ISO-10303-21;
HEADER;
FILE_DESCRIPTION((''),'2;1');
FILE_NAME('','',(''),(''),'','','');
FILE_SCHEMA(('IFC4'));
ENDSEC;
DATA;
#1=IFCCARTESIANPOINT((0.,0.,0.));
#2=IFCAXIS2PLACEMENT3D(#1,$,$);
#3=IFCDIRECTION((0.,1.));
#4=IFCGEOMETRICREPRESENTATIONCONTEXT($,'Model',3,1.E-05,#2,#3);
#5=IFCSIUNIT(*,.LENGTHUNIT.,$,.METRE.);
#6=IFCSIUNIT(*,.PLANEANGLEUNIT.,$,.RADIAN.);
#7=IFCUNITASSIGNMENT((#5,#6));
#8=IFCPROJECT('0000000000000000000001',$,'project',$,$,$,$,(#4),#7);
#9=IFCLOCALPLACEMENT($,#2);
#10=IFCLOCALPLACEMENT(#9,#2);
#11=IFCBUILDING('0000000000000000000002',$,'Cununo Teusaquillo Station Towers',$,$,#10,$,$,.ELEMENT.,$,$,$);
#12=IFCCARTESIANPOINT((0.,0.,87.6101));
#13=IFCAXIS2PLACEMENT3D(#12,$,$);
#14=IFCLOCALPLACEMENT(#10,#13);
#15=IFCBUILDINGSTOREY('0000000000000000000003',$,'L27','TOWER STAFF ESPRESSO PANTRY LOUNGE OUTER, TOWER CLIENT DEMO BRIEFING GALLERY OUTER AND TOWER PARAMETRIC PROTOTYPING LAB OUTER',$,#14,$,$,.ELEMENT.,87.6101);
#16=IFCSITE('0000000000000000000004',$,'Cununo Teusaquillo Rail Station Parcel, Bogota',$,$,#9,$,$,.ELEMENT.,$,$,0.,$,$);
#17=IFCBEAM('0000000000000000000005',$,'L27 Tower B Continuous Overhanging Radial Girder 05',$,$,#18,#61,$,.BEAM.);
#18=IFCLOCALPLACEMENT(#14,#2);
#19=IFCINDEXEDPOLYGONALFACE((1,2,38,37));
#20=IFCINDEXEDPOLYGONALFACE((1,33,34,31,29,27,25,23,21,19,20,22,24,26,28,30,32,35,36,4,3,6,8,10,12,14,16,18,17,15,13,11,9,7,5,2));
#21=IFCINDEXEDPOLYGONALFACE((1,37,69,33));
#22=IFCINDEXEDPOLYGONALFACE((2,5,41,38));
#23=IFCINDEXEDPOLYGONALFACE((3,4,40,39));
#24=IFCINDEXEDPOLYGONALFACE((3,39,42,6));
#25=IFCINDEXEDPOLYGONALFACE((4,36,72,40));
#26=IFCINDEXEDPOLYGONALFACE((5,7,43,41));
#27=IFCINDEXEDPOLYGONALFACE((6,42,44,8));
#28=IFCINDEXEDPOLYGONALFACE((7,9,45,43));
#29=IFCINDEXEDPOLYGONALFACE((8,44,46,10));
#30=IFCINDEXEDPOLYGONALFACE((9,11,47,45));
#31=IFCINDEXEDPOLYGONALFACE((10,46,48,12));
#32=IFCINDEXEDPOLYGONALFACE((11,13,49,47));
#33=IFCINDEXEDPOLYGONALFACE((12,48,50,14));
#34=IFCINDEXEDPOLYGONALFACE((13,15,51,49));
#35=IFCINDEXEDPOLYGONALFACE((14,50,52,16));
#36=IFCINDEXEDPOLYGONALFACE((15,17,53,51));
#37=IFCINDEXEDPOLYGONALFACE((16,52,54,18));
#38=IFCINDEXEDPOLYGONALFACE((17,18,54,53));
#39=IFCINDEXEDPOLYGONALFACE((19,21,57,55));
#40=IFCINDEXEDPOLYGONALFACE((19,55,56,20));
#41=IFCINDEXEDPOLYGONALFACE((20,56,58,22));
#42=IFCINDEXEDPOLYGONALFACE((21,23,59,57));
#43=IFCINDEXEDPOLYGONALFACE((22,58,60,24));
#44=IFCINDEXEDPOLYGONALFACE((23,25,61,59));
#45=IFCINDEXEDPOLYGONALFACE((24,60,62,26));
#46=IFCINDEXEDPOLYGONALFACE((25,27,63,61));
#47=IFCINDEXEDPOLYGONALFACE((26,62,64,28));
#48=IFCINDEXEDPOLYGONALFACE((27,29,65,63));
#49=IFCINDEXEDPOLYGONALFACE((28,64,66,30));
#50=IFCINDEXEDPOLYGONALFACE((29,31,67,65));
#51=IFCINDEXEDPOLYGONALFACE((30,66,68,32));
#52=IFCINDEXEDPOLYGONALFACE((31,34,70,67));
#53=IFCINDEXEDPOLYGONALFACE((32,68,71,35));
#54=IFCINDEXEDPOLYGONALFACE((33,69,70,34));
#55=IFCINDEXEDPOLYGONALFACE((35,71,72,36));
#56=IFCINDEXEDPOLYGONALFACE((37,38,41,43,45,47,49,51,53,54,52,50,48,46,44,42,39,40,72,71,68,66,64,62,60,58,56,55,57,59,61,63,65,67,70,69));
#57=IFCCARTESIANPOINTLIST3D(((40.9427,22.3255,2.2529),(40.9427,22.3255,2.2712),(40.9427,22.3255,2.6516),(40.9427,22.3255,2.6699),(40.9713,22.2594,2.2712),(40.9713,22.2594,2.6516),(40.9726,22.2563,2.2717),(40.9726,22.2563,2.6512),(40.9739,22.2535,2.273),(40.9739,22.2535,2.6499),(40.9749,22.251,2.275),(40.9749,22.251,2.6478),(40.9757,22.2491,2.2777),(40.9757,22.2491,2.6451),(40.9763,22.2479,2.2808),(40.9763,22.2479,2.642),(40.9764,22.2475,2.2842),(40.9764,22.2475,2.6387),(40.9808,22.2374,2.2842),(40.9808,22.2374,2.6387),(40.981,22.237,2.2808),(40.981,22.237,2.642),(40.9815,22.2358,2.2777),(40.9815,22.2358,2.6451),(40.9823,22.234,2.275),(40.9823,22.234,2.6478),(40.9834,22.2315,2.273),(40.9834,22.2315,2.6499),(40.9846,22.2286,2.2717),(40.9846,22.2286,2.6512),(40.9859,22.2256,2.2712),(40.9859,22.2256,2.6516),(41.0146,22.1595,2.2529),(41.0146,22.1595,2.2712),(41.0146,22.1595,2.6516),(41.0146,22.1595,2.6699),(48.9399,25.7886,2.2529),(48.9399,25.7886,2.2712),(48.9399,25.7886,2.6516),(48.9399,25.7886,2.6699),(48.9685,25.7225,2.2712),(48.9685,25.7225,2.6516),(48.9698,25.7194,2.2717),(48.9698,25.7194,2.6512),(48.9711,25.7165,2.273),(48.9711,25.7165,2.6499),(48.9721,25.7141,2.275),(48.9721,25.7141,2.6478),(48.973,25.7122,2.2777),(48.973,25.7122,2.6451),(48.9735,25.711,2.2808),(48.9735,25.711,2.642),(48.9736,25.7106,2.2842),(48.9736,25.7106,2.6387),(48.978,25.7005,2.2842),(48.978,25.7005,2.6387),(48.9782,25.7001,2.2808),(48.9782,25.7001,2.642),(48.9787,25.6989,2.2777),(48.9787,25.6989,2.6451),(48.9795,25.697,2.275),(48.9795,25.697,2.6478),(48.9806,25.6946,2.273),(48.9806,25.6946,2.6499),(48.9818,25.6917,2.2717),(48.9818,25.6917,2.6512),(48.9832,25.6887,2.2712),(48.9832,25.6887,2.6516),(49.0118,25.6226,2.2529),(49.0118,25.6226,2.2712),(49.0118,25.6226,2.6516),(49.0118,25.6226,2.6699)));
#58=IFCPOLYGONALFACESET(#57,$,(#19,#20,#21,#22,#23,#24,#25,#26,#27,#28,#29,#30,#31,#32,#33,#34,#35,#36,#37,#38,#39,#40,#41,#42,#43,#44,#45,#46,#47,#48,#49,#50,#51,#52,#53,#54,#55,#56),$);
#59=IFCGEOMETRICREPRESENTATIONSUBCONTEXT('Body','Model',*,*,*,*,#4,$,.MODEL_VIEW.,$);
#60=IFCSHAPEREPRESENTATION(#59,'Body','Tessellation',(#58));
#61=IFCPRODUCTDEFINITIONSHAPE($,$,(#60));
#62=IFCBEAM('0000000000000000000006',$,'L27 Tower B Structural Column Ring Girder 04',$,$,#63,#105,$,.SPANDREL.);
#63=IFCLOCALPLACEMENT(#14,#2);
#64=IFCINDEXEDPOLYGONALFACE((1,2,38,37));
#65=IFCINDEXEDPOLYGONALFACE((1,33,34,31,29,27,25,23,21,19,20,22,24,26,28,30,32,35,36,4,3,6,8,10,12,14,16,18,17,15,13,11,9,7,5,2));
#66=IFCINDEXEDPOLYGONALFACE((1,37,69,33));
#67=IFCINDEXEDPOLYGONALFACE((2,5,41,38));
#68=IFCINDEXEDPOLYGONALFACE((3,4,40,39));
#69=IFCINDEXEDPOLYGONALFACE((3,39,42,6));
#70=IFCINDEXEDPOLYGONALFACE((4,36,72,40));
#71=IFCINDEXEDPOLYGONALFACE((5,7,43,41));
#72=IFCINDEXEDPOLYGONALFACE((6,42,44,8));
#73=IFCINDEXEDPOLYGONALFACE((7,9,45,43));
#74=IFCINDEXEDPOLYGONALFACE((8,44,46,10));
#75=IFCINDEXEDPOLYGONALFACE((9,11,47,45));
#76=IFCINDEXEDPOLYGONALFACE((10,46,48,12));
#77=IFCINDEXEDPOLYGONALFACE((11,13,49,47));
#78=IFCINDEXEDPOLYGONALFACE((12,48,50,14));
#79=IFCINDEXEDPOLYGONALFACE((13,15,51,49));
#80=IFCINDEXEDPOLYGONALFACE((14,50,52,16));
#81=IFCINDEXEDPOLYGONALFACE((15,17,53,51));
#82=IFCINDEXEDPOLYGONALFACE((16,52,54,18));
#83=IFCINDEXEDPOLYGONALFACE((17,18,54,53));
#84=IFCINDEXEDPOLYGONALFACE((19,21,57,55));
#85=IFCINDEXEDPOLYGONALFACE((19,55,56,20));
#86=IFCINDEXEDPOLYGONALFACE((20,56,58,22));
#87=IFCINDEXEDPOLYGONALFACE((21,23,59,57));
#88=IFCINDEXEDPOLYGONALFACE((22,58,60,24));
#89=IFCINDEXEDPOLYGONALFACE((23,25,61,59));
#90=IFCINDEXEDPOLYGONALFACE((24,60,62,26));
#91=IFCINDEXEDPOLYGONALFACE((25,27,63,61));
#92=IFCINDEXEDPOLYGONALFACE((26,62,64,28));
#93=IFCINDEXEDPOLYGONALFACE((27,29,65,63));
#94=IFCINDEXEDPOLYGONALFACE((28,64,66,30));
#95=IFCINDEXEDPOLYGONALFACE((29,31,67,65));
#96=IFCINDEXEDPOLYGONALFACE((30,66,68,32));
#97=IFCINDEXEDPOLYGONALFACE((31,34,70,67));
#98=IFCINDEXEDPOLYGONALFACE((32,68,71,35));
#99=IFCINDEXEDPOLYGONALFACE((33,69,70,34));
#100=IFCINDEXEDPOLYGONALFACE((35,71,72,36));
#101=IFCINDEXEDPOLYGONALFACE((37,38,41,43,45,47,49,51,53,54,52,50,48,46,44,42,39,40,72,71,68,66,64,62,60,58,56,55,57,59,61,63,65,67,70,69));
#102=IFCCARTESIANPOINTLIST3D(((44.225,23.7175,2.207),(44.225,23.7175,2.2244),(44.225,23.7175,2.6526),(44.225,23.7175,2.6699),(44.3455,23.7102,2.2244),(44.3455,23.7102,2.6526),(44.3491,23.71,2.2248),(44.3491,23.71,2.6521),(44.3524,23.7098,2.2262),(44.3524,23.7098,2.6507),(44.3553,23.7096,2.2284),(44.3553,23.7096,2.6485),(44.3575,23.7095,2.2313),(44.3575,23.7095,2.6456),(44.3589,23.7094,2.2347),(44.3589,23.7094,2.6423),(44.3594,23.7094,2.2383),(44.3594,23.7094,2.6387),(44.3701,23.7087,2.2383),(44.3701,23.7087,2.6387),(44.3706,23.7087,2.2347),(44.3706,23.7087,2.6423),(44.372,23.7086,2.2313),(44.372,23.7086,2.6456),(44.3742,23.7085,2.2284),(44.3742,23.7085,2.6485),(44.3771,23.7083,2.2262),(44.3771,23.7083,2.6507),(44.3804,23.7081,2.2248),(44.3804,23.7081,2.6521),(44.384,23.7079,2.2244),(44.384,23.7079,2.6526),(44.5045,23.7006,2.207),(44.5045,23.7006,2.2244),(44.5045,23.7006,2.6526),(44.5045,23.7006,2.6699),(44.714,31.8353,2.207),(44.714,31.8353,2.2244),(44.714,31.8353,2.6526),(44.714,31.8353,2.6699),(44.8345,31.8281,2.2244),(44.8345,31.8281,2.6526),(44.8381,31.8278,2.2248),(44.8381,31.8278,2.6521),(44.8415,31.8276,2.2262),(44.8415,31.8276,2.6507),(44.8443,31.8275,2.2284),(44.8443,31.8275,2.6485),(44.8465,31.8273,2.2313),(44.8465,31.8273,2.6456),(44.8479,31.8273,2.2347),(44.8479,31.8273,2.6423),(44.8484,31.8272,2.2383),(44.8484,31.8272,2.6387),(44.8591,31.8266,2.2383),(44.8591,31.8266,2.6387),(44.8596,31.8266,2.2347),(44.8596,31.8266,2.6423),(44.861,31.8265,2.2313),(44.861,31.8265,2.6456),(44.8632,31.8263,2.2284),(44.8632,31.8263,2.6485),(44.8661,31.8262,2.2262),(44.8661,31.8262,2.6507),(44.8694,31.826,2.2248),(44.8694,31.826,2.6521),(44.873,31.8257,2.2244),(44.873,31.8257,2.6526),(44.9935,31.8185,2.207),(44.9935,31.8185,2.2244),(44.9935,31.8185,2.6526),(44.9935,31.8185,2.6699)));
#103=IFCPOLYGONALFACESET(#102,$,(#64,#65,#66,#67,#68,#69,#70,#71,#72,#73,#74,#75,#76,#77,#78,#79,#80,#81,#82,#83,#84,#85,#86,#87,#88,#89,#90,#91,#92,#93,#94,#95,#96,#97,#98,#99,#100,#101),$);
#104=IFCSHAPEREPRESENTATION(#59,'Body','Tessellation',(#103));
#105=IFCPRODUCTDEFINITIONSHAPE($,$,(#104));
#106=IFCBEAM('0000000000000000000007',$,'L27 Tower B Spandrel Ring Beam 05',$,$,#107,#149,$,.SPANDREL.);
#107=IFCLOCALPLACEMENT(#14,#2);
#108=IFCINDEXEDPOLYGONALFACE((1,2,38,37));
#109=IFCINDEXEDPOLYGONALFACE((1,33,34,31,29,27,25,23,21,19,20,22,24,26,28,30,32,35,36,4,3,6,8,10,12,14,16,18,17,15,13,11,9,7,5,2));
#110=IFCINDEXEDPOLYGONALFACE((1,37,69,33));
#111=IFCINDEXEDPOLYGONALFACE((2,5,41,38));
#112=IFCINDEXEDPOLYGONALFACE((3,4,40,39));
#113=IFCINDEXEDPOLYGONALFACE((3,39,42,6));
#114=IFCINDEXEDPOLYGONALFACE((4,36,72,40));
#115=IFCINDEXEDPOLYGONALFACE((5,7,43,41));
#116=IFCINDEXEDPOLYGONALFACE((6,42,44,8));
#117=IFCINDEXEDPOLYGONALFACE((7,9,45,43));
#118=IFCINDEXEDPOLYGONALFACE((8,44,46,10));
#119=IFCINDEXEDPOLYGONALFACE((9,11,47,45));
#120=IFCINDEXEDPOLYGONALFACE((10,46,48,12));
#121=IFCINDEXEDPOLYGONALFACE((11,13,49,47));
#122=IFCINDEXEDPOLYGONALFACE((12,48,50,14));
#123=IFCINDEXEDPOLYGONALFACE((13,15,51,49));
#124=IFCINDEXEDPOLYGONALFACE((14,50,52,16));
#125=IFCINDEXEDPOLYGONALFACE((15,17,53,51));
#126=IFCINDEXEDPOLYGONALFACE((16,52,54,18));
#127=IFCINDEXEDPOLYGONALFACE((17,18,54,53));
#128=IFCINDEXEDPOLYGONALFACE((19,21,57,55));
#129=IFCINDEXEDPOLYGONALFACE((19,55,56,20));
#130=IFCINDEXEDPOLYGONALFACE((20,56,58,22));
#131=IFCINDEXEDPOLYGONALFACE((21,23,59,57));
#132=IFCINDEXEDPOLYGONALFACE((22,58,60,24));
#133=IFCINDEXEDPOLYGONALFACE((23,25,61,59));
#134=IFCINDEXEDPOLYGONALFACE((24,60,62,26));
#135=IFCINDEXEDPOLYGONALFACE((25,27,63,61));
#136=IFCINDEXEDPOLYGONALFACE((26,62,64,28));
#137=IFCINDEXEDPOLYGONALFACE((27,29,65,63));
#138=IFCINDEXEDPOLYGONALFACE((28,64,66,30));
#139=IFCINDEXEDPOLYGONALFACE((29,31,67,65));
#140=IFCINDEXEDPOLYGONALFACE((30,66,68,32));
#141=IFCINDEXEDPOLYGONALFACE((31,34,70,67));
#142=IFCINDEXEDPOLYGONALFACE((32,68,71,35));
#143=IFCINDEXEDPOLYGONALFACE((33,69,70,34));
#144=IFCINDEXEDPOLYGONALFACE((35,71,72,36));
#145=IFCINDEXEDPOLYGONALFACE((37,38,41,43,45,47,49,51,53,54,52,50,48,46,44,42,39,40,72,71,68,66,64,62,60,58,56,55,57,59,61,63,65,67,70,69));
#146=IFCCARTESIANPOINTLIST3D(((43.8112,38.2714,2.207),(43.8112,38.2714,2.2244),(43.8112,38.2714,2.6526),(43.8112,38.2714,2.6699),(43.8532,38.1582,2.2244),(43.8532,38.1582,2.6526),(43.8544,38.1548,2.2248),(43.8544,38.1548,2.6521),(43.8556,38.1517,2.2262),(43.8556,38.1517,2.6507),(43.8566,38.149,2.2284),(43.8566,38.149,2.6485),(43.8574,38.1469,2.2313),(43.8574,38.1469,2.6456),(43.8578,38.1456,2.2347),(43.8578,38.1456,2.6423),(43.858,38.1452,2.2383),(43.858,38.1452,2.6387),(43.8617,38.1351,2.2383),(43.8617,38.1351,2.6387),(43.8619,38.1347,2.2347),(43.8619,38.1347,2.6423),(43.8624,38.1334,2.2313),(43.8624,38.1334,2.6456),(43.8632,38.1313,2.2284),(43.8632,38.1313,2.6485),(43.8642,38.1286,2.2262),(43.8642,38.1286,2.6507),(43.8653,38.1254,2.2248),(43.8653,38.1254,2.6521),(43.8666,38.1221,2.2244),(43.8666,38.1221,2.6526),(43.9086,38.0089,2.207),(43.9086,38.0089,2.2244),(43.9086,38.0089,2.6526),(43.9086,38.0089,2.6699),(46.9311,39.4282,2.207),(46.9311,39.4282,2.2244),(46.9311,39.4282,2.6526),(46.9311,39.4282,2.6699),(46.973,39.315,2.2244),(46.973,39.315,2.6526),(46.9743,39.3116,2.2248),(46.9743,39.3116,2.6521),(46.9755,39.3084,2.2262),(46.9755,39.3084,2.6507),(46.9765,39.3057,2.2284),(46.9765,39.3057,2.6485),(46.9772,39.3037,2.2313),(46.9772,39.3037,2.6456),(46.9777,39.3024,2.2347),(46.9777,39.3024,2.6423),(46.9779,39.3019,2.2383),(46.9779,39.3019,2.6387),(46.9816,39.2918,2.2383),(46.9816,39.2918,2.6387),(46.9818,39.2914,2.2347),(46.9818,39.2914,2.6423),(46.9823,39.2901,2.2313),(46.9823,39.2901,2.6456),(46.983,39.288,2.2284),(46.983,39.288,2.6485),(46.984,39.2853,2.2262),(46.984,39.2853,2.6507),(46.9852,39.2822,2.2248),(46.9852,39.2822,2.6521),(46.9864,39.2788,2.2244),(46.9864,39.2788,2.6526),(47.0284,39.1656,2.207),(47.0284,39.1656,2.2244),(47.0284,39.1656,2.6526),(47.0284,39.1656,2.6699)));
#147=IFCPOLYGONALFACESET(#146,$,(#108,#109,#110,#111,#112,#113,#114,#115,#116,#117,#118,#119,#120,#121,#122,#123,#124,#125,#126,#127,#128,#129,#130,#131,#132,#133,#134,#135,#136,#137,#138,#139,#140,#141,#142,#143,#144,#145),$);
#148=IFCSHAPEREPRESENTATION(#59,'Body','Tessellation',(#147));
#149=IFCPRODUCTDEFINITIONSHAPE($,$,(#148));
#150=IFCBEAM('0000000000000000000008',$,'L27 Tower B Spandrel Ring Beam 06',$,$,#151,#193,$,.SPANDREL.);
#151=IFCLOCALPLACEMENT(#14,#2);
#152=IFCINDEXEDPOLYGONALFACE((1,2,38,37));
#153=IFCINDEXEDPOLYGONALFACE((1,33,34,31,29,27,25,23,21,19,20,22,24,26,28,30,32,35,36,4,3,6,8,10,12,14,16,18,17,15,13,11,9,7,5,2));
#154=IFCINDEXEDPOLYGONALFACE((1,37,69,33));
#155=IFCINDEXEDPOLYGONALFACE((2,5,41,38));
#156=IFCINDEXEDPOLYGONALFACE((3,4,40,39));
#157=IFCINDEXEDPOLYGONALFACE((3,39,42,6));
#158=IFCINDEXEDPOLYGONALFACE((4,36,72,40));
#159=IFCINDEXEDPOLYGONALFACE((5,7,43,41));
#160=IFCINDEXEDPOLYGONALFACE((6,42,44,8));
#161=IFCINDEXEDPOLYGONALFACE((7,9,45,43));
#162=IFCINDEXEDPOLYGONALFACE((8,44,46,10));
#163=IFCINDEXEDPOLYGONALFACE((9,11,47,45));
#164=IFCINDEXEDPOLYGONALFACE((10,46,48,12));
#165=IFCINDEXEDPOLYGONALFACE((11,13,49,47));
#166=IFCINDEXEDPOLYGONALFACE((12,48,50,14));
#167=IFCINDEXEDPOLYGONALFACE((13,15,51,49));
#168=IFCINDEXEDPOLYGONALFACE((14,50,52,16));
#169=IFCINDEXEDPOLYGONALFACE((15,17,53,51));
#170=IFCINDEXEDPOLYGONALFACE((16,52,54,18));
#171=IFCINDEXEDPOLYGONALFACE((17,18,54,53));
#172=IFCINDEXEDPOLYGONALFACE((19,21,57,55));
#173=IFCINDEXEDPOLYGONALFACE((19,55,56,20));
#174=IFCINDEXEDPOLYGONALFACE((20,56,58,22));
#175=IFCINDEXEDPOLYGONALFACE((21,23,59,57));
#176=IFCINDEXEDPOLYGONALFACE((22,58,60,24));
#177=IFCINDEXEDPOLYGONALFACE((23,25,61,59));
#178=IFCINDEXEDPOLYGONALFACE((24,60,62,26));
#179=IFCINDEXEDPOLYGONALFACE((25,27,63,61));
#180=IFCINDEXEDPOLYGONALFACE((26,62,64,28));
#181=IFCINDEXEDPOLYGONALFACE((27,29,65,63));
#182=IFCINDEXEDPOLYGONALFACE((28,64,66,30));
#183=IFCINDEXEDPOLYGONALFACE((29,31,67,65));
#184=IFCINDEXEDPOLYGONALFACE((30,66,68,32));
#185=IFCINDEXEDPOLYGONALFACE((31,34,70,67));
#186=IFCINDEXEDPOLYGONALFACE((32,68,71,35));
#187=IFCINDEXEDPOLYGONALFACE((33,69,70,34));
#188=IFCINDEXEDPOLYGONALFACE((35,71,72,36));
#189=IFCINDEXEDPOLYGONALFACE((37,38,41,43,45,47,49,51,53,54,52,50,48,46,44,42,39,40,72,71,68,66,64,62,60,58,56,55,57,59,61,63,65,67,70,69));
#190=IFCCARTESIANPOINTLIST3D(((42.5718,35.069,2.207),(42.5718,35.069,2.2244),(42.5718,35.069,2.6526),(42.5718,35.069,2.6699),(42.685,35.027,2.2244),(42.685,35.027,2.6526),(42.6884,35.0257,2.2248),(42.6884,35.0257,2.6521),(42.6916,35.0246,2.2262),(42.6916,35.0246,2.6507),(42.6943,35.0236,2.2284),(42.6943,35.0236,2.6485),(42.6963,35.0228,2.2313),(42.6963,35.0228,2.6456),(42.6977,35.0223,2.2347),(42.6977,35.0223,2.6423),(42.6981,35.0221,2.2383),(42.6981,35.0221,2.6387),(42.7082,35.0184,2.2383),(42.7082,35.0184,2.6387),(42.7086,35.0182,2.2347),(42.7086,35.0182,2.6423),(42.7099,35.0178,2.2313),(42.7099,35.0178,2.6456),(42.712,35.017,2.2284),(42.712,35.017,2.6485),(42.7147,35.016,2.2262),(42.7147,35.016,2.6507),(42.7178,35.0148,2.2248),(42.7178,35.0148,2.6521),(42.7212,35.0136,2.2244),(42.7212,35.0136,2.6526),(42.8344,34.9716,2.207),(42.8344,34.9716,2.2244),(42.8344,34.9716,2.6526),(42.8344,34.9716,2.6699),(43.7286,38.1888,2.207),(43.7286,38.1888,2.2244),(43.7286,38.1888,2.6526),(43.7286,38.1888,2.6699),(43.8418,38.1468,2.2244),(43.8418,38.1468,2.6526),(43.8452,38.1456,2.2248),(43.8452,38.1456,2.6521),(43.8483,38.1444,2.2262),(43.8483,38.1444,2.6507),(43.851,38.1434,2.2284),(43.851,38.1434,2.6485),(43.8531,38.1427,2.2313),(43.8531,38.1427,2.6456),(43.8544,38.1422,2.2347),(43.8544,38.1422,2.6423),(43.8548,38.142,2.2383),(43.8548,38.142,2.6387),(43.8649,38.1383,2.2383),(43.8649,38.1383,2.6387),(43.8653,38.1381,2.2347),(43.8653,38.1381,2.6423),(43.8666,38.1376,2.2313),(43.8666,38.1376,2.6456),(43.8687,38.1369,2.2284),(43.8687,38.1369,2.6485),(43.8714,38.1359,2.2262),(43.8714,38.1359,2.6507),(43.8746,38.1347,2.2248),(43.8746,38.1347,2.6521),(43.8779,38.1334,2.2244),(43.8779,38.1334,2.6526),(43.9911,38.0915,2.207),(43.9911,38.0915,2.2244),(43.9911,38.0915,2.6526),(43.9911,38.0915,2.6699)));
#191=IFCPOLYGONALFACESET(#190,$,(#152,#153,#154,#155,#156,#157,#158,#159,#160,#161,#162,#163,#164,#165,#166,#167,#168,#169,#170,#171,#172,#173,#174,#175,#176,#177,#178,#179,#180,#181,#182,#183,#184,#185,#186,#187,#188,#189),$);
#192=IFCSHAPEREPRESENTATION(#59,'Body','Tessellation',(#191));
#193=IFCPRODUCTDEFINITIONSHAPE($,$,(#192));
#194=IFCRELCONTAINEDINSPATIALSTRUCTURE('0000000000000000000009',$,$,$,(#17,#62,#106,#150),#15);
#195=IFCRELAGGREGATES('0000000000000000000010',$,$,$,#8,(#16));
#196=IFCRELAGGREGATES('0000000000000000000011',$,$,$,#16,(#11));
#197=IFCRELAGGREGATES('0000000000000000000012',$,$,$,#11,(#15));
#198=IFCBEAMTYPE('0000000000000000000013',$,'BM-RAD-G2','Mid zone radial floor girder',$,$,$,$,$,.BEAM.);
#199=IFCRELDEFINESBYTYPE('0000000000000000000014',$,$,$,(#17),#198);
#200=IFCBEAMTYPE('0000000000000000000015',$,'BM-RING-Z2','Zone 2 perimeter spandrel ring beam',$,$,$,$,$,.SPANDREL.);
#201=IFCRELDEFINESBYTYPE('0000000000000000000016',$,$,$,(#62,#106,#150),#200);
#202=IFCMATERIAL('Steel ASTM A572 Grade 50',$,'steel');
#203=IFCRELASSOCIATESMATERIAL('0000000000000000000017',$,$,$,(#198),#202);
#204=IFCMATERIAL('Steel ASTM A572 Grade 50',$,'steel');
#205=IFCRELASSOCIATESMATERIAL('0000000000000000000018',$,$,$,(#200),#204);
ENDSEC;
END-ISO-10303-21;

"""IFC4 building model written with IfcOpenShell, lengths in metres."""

from ifc_helpers import new_model, si_unit, direction, frame, origin, origin_2d, place, context, subcontext, project, spatial, i_section, extrude, material, material_profile, profile_set, type_object, element, save


model = new_model("IFC4")

# Units and contexts
model_context = context("Model", 3, precision=1e-05, world=origin(), true_north=direction((0.0, 1.0)))
body_context = subcontext(model_context, "Body", "Model", "MODEL_VIEW")
ifc_project = project(units=[si_unit("LENGTHUNIT", "METRE"), si_unit("PLANEANGLEUNIT", "RADIAN")], contexts=[model_context])

# Site, building, storey
site_placement = place(None, origin())
site = spatial("IfcSite", under=ifc_project, at=site_placement, Name="Cununo Teusaquillo Rail Station Parcel, Bogota", CompositionType="ELEMENT", RefElevation=0.0)
building_placement = place(site_placement, origin())
building = spatial("IfcBuilding", under=site, at=building_placement, Name="Cununo Teusaquillo Station Towers", CompositionType="ELEMENT")
storey_placement = place(building_placement, frame((0.0, 0.0, 87.6101)))
storey = spatial("IfcBuildingStorey", under=building, at=storey_placement, Name="L27", Description="TOWER STAFF ESPRESSO PANTRY LOUNGE OUTER, TOWER CLIENT DEMO BRIEFING GALLERY OUTER AND TOWER PARAMETRIC PROTOTYPING LAB OUTER", CompositionType="ELEMENT", Elevation=87.6101)

# Beams
ifc_material_1 = material(Name="Steel ASTM A572 Grade 50", Category="steel")
ifc_material_profile_1 = material_profile(ifc_material_1, i_section(OverallWidth=0.1809, OverallDepth=0.417, WebThickness=0.011, FlangeThickness=0.0183, FilletRadius=0.0129, at=origin_2d()), Name="W16X57")
ifc_profile_set_1 = profile_set([ifc_material_profile_1], Name="Steel ASTM A572 Grade 50")
beam_type_1 = type_object("IfcBeamType", Name="BM-RAD-G2", Description="Mid zone radial floor girder", PredefinedType="BEAM", material=ifc_profile_set_1)
beam_1_placement = place(storey_placement, frame((48.9758, 25.7056, 2.4614), z_axis=(-0.917655, -0.397379, 0.0), x_axis=(0.397379, -0.917655, 0.0)))
element("IfcBeam", 1, at=beam_1_placement, inside=storey, type_object=beam_type_1, Name="L27 Tower B Continuous Overhanging Radial Girder 05", PredefinedType="BEAM", context=body_context, shape_type="SweptSolid", body=[
    extrude(i_section(OverallWidth=0.1809, OverallDepth=0.417, WebThickness=0.011, FlangeThickness=0.0183, FilletRadius=0.0129, at=origin_2d()), origin(), (0.0, 0.0, 1.0), 8.7148),
])
ifc_material_2 = material(Name="Steel ASTM A572 Grade 50", Category="steel")
ifc_material_profile_2 = material_profile(ifc_material_2, i_section(OverallWidth=0.28, OverallDepth=0.4629, WebThickness=0.0107, FlangeThickness=0.0173, FilletRadius=0.0139, at=origin_2d()), Name="W18X76")
ifc_profile_set_2 = profile_set([ifc_material_profile_2], Name="Steel ASTM A572 Grade 50")
beam_type_2 = type_object("IfcBeamType", Name="BM-RING-Z2", Description="Zone 2 perimeter spandrel ring beam", PredefinedType="SPANDREL", material=ifc_profile_set_2)
beam_2_placement = place(storey_placement, frame((44.8538, 31.8269, 2.4385), z_axis=(-0.06013, -0.998191, 0.0), x_axis=(0.998191, -0.06013, 0.0)))
element("IfcBeam", 2, at=beam_2_placement, inside=storey, type_object=beam_type_2, Name="L27 Tower B Structural Column Ring Girder 04", PredefinedType="SPANDREL", context=body_context, shape_type="SweptSolid", body=[
    extrude(i_section(OverallWidth=0.28, OverallDepth=0.4629, WebThickness=0.0107, FlangeThickness=0.0173, FilletRadius=0.0139, at=origin_2d()), origin(), (0.0, 0.0, 1.0), 8.1326),
])
for number, where, z_axis, x_axis, name in (
    (3, (46.9797, 39.2969, 2.4385), (-0.937628, -0.347639, 0.0), (0.347639, -0.937628, 0.0), "L27 Tower B Spandrel Ring Beam 05"),
    (4, (43.8599, 38.1401, 2.4385), (-0.347639, -0.937628, 0.0), (0.937628, -0.347639, 0.0), "L27 Tower B Spandrel Ring Beam 06"),
):
    element("IfcBeam", number, at=place(storey_placement, frame(where, z_axis=z_axis, x_axis=x_axis)), inside=storey, type_object=beam_type_2, Name=name, PredefinedType="SPANDREL", context=body_context, shape_type="SweptSolid", body=[
        extrude(i_section(OverallWidth=0.28, OverallDepth=0.4629, WebThickness=0.0107, FlangeThickness=0.0173, FilletRadius=0.0139, at=origin_2d()), origin(), (0.0, 0.0, 1.0), 3.3274),
    ])

save(model, "model.ifc")
